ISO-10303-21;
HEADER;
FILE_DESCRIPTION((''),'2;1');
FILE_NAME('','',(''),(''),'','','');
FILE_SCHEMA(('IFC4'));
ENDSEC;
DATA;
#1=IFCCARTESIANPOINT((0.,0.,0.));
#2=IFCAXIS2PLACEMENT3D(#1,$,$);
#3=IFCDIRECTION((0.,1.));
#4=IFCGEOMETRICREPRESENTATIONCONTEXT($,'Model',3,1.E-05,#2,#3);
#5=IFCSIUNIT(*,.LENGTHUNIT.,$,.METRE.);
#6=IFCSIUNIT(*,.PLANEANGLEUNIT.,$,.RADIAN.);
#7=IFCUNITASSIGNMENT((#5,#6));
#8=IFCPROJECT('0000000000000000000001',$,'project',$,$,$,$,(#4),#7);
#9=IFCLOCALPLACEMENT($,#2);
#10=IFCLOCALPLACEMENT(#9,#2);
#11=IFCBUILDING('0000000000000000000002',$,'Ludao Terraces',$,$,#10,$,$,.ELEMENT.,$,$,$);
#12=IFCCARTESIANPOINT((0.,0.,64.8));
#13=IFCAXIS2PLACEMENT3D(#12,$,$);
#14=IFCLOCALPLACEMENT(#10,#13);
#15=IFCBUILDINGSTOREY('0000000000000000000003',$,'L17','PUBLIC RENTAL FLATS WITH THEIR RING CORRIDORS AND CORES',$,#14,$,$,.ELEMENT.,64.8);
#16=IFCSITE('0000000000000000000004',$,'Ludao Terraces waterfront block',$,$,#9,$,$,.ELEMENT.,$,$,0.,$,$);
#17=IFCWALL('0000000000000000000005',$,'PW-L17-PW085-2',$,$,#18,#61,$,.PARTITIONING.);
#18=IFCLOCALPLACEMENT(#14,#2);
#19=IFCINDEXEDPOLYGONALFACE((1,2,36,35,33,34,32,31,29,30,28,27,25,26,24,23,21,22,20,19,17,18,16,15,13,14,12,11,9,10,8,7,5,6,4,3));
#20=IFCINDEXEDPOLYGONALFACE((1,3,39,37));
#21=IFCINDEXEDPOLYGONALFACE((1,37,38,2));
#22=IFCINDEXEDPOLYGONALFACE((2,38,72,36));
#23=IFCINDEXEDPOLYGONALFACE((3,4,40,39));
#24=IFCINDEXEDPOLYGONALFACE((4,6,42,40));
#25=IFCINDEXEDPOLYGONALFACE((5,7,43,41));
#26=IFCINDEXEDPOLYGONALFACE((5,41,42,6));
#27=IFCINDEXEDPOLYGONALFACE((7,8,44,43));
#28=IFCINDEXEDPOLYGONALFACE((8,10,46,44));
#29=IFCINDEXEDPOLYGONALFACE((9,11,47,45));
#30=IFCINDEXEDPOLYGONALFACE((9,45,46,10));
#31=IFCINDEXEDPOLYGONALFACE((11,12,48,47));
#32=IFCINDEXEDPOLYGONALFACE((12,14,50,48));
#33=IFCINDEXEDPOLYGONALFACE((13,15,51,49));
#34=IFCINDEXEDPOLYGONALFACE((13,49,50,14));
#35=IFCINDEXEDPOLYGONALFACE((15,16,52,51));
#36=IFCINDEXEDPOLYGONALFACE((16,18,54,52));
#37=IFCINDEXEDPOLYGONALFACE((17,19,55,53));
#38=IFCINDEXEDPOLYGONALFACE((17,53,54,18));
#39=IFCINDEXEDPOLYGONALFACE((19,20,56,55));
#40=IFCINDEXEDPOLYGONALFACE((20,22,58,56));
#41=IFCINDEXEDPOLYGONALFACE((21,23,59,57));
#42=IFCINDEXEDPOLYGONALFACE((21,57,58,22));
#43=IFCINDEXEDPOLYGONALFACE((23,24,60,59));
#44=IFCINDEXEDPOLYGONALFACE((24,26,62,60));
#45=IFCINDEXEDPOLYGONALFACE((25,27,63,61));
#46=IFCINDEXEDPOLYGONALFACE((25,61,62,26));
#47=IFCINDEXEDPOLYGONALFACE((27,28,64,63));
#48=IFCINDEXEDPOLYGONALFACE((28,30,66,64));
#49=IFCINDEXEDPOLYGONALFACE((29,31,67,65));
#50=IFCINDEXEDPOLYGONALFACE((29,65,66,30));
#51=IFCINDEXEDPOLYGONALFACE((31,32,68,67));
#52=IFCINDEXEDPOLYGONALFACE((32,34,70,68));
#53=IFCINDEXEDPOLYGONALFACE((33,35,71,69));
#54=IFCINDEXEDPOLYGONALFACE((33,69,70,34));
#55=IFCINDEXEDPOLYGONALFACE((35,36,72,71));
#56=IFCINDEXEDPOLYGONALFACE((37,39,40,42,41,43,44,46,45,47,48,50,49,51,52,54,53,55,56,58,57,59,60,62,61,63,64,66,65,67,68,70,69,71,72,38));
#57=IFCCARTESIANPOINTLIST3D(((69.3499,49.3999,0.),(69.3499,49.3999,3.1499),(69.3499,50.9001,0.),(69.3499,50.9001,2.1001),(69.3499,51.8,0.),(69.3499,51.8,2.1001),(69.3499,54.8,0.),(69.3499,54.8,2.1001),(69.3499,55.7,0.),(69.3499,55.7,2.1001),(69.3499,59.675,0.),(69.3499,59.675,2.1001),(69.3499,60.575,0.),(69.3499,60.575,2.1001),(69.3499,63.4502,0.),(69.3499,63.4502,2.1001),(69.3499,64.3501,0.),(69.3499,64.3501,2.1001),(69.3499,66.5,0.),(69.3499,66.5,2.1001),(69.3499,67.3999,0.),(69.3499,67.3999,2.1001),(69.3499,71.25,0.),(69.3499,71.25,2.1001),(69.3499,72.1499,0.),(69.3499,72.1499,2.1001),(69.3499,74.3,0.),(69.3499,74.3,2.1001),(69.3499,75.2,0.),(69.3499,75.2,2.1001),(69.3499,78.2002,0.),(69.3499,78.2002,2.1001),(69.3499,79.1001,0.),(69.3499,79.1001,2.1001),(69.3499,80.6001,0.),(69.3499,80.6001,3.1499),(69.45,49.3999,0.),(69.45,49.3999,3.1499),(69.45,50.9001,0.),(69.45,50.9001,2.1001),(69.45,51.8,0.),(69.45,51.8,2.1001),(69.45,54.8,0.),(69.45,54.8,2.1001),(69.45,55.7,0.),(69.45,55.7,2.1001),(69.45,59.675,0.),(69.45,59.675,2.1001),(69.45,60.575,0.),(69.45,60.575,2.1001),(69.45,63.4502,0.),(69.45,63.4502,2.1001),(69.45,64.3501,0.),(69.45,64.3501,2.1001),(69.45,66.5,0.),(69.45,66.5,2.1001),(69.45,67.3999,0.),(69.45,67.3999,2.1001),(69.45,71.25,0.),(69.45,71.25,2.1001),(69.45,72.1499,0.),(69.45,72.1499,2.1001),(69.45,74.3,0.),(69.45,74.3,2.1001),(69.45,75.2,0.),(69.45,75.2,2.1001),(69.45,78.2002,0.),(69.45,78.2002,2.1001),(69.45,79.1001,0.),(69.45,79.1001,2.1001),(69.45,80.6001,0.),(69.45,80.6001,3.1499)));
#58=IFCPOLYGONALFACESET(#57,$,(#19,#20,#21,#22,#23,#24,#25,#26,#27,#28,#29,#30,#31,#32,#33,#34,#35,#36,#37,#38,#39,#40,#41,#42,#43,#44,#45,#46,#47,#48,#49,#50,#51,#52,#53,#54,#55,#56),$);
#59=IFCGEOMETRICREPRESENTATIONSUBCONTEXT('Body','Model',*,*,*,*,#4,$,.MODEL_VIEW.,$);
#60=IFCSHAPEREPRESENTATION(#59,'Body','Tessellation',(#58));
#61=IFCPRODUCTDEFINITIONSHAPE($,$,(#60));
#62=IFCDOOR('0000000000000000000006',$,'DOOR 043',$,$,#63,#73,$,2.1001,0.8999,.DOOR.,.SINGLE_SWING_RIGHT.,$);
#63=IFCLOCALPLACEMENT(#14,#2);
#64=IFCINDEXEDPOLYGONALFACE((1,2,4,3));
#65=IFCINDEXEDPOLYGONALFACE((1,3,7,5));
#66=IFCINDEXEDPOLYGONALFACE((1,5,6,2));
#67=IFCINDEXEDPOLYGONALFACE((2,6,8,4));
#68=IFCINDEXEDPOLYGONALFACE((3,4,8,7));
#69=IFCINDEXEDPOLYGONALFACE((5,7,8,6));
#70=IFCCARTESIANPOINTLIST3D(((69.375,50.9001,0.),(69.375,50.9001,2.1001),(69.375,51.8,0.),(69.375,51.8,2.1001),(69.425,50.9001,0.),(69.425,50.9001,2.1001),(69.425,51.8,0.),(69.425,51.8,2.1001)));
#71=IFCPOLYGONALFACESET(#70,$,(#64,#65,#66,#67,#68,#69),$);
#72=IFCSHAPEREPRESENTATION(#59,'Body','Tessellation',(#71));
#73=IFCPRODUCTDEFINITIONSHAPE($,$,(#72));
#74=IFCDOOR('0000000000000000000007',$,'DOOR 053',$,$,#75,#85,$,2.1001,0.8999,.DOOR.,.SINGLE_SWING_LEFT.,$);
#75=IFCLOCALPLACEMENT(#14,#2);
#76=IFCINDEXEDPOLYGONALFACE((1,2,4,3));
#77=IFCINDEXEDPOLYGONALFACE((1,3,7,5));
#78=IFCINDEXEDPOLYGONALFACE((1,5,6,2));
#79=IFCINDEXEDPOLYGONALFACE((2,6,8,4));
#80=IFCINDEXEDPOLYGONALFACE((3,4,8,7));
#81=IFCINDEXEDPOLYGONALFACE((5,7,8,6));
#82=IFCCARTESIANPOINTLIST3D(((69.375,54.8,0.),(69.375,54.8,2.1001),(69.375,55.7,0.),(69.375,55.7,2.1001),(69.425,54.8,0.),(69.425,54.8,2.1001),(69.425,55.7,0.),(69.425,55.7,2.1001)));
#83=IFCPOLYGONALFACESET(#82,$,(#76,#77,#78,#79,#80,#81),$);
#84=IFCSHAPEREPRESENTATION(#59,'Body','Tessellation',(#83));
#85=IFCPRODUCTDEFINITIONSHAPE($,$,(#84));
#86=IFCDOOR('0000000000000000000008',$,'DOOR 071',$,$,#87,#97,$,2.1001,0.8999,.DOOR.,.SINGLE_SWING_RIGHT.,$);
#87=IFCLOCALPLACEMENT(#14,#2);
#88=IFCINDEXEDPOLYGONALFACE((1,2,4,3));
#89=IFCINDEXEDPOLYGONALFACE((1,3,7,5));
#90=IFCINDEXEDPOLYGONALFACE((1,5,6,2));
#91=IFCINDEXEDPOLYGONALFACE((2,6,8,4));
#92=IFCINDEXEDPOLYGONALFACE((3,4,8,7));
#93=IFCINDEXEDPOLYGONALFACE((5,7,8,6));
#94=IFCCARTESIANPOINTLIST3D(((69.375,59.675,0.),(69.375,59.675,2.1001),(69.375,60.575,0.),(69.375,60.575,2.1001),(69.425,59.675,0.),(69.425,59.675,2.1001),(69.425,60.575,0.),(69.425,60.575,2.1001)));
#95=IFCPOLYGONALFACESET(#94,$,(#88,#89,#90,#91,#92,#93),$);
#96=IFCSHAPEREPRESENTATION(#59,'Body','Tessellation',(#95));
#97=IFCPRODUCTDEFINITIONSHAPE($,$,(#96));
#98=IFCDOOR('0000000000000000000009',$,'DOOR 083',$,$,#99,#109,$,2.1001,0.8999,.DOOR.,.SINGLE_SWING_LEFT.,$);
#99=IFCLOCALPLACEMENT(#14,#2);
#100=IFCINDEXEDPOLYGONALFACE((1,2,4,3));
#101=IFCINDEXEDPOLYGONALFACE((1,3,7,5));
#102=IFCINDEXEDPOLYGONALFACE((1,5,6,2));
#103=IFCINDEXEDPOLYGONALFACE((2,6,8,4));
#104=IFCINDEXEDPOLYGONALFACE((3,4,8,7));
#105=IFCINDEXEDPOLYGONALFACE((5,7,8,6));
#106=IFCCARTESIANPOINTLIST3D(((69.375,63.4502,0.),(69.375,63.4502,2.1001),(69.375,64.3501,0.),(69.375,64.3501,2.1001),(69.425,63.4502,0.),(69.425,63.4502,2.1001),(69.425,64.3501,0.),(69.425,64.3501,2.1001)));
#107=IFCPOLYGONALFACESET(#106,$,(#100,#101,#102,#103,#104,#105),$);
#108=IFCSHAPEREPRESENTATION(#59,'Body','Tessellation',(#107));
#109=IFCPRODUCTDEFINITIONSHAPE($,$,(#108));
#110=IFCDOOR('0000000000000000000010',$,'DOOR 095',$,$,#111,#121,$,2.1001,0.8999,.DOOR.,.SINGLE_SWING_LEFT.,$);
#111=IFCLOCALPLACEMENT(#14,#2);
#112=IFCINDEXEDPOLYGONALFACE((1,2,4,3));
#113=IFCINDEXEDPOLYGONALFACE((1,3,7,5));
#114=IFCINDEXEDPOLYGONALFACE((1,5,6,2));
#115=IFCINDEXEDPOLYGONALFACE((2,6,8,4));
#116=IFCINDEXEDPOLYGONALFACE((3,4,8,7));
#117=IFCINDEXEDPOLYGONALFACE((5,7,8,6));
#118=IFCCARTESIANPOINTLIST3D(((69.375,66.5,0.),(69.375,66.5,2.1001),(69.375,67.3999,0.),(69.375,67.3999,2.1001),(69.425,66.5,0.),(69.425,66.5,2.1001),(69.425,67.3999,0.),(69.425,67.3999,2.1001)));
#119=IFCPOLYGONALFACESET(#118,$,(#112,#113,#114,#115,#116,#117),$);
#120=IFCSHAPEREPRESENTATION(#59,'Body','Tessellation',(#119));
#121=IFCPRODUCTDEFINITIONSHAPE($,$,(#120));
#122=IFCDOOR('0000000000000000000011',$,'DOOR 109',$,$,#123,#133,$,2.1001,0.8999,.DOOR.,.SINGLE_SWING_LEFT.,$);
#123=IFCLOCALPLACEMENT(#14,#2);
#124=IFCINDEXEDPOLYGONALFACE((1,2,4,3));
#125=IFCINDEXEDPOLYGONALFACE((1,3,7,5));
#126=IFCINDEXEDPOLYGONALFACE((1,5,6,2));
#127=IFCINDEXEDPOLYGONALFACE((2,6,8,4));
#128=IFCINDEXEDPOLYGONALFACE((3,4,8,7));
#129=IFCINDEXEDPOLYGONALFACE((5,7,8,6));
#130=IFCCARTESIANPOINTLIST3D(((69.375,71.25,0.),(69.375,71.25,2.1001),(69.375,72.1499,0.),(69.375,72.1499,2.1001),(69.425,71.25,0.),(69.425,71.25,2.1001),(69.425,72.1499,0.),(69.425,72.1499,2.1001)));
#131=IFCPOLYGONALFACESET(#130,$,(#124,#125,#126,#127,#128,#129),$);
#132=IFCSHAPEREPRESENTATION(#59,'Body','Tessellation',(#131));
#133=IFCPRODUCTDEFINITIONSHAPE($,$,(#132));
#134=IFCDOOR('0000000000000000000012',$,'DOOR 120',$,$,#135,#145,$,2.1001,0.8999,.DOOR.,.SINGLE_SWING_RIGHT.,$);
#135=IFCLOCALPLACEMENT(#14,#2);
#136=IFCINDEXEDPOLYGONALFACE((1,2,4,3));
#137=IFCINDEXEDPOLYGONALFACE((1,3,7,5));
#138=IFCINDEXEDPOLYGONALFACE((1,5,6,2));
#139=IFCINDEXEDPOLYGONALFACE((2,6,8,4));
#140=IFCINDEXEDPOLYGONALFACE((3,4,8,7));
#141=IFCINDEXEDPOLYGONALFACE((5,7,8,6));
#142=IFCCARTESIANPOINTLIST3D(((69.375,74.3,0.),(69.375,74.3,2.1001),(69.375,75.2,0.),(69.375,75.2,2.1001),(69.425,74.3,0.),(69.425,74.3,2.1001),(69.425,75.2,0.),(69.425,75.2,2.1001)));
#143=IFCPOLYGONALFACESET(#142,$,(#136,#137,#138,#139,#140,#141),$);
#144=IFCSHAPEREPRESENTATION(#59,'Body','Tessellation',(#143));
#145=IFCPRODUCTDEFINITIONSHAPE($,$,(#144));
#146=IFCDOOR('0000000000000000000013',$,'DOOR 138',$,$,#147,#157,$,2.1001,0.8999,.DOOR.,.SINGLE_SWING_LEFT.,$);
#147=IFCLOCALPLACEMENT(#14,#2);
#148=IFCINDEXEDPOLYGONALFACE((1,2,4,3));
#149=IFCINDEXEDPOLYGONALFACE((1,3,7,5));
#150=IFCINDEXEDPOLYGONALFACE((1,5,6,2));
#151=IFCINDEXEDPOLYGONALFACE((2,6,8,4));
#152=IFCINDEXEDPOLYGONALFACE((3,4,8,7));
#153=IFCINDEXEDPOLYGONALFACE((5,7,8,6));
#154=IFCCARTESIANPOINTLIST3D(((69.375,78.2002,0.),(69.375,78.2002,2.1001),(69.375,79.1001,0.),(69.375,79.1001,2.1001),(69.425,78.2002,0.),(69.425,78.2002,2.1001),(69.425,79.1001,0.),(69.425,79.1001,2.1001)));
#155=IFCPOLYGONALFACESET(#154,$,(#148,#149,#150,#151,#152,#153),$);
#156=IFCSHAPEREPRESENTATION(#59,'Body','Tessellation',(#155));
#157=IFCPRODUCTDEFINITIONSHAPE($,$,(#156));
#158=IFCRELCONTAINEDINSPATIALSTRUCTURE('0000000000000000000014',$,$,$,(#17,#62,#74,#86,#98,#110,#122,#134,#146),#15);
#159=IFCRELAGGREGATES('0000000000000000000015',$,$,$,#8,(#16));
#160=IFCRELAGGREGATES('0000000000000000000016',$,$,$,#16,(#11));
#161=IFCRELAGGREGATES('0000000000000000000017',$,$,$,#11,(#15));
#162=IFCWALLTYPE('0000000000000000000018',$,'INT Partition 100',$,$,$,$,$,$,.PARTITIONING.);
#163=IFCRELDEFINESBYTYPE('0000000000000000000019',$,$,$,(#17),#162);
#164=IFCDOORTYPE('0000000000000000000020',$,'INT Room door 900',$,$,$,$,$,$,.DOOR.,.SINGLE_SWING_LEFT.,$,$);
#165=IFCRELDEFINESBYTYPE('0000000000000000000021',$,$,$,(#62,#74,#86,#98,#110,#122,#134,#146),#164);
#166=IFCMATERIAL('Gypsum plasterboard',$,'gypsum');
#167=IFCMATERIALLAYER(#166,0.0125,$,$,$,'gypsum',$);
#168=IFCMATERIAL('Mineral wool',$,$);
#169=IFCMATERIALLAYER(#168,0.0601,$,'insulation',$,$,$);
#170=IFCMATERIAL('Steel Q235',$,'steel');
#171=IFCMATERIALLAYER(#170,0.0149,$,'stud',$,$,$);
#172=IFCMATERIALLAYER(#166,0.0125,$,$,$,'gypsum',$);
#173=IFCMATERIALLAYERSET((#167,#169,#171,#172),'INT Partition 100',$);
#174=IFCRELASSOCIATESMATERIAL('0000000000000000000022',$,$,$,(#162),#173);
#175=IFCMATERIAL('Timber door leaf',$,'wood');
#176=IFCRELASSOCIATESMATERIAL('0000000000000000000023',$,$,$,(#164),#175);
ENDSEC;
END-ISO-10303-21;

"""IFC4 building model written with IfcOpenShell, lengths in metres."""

from ifc_helpers import new_model, si_unit, direction, frame, frame_2d, origin, place, context, subcontext, project, spatial, rectangle, extrude, material, layer, layer_set, type_object, element, fill, save


model = new_model("IFC4")

# Units and contexts
model_context = context("Model", 3, precision=1e-05, world=origin(), true_north=direction((0.0, 1.0)))
body_context = subcontext(model_context, "Body", "Model", "MODEL_VIEW")
ifc_project = project(units=[si_unit("LENGTHUNIT", "METRE"), si_unit("PLANEANGLEUNIT", "RADIAN")], contexts=[model_context])

# Site, building, storey
site_placement = place(None, origin())
site = spatial("IfcSite", under=ifc_project, at=site_placement, Name="Ludao Terraces waterfront block", CompositionType="ELEMENT", RefElevation=0.0)
building_placement = place(site_placement, origin())
building = spatial("IfcBuilding", under=site, at=building_placement, Name="Ludao Terraces", CompositionType="ELEMENT")
storey_placement = place(building_placement, frame((0.0, 0.0, 64.8)))
storey = spatial("IfcBuildingStorey", under=building, at=storey_placement, Name="L17", Description="PUBLIC RENTAL FLATS WITH THEIR RING CORRIDORS AND CORES", CompositionType="ELEMENT", Elevation=64.8)

# Shared definitions
ifc_material_1 = material(Name="Gypsum plasterboard", Category="gypsum")
ifc_layer_1 = layer(ifc_material_1, 0.0125, Category="gypsum")
ifc_material_2 = material(Name="Mineral wool")
ifc_layer_2 = layer(ifc_material_2, 0.0601, Name="insulation")
ifc_material_3 = material(Name="Steel Q235", Category="steel")
ifc_layer_3 = layer(ifc_material_3, 0.0149, Name="stud")
ifc_layer_4 = layer(ifc_material_1, 0.0125, Category="gypsum")
ifc_layer_set = layer_set([ifc_layer_1, ifc_layer_2, ifc_layer_3, ifc_layer_4], Name="INT Partition 100")
wall_type = type_object("IfcWallType", Name="INT Partition 100", PredefinedType="PARTITIONING", material=ifc_layer_set)
ifc_material_4 = material(Name="Timber door leaf", Category="wood")
door_type_1 = type_object("IfcDoorType", Name="INT Room door 900", OperationType="SINGLE_SWING_LEFT", PredefinedType="DOOR", material=ifc_material_4)

# Wall, openings, doors
wall_1_placement = place(storey_placement, frame((69.3999, 49.3999, 0.0), z_axis=(0.0, 0.0, 1.0), x_axis=(0.0, 1.0, 0.0)))
wall_1 = element("IfcWall", 1, at=wall_1_placement, inside=storey, type_object=wall_type, Name="PW-L17-PW085-2", PredefinedType="PARTITIONING", context=body_context, shape_type="SweptSolid", body=[
    extrude(rectangle(XDim=31.2002, YDim=0.1001, at=frame_2d((15.6001, 0.0))), origin(), (0.0, 0.0, 1.0), 3.1499),
])
opening_1_placement = place(wall_1_placement, frame((1.5002, 0.0, 0.0)))
opening_1 = element("IfcOpeningElement", 2, at=opening_1_placement, cuts=wall_1, PredefinedType="OPENING", context=body_context, shape_type="SweptSolid", body=[
    extrude(rectangle(XDim=0.8999, YDim=2.1001, at=frame_2d((0.45, 1.05))), frame((0.0, 0.0601, 0.0), z_axis=(0.0, -1.0, 0.0), x_axis=(1.0, 0.0, 0.0)), (0.0, 0.0, 1.0), 0.1201),
])
opening_2_placement = place(wall_1_placement, frame((5.4001, 0.0, 0.0)))
opening_2 = element("IfcOpeningElement", 3, at=opening_2_placement, cuts=wall_1, PredefinedType="OPENING", context=body_context, shape_type="SweptSolid", body=[
    extrude(rectangle(XDim=0.8999, YDim=2.1001, at=frame_2d((0.45, 1.05))), frame((0.0, 0.0601, 0.0), z_axis=(0.0, -1.0, 0.0), x_axis=(1.0, 0.0, 0.0)), (0.0, 0.0, 1.0), 0.1201),
])
opening_3_placement = place(wall_1_placement, frame((10.2751, 0.0, 0.0)))
opening_3 = element("IfcOpeningElement", 4, at=opening_3_placement, cuts=wall_1, PredefinedType="OPENING", context=body_context, shape_type="SweptSolid", body=[
    extrude(rectangle(XDim=0.8999, YDim=2.1001, at=frame_2d((0.45, 1.05))), frame((0.0, 0.0601, 0.0), z_axis=(0.0, -1.0, 0.0), x_axis=(1.0, 0.0, 0.0)), (0.0, 0.0, 1.0), 0.1201),
])
opening_4_placement = place(wall_1_placement, frame((14.0503, 0.0, 0.0)))
opening_4 = element("IfcOpeningElement", 5, at=opening_4_placement, cuts=wall_1, PredefinedType="OPENING", context=body_context, shape_type="SweptSolid", body=[
    extrude(rectangle(XDim=0.8999, YDim=2.1001, at=frame_2d((0.45, 1.05))), frame((0.0, 0.0601, 0.0), z_axis=(0.0, -1.0, 0.0), x_axis=(1.0, 0.0, 0.0)), (0.0, 0.0, 1.0), 0.1201),
])
opening_5_placement = place(wall_1_placement, frame((17.1001, 0.0, 0.0)))
opening_5 = element("IfcOpeningElement", 6, at=opening_5_placement, cuts=wall_1, PredefinedType="OPENING", context=body_context, shape_type="SweptSolid", body=[
    extrude(rectangle(XDim=0.8999, YDim=2.1001, at=frame_2d((0.45, 1.05))), frame((0.0, 0.0601, 0.0), z_axis=(0.0, -1.0, 0.0), x_axis=(1.0, 0.0, 0.0)), (0.0, 0.0, 1.0), 0.1201),
])
opening_6_placement = place(wall_1_placement, frame((21.8501, 0.0, 0.0)))
opening_6 = element("IfcOpeningElement", 7, at=opening_6_placement, cuts=wall_1, PredefinedType="OPENING", context=body_context, shape_type="SweptSolid", body=[
    extrude(rectangle(XDim=0.8999, YDim=2.1001, at=frame_2d((0.45, 1.05))), frame((0.0, 0.0601, 0.0), z_axis=(0.0, -1.0, 0.0), x_axis=(1.0, 0.0, 0.0)), (0.0, 0.0, 1.0), 0.1201),
])
opening_7_placement = place(wall_1_placement, frame((24.9001, 0.0, 0.0)))
opening_7 = element("IfcOpeningElement", 8, at=opening_7_placement, cuts=wall_1, PredefinedType="OPENING", context=body_context, shape_type="SweptSolid", body=[
    extrude(rectangle(XDim=0.8999, YDim=2.1001, at=frame_2d((0.45, 1.05))), frame((0.0, 0.0601, 0.0), z_axis=(0.0, -1.0, 0.0), x_axis=(1.0, 0.0, 0.0)), (0.0, 0.0, 1.0), 0.1201),
])
opening_8_placement = place(wall_1_placement, frame((28.8003, 0.0, 0.0)))
opening_8 = element("IfcOpeningElement", 9, at=opening_8_placement, cuts=wall_1, PredefinedType="OPENING", context=body_context, shape_type="SweptSolid", body=[
    extrude(rectangle(XDim=0.8999, YDim=2.1001, at=frame_2d((0.45, 1.05))), frame((0.0, 0.0601, 0.0), z_axis=(0.0, -1.0, 0.0), x_axis=(1.0, 0.0, 0.0)), (0.0, 0.0, 1.0), 0.1201),
])
door_1_placement = place(opening_1_placement, origin())
door_1 = element("IfcDoor", 10, at=door_1_placement, inside=storey, type_object=door_type_1, Name="DOOR 043", OperationType="SINGLE_SWING_RIGHT", OverallHeight=2.1001, OverallWidth=0.8999, PredefinedType="DOOR", context=body_context, shape_type="SweptSolid", body=[
    extrude(rectangle(XDim=0.8999, YDim=2.1001, at=frame_2d((0.45, 1.05))), frame((0.0, 0.0249, 0.0), z_axis=(0.0, -1.0, 0.0), x_axis=(1.0, 0.0, 0.0)), (0.0, 0.0, 1.0), 0.05),
])
fill(opening_1, door_1)
door_2_placement = place(opening_2_placement, origin())
door_2 = element("IfcDoor", 11, at=door_2_placement, inside=storey, type_object=door_type_1, Name="DOOR 053", OperationType="SINGLE_SWING_LEFT", OverallHeight=2.1001, OverallWidth=0.8999, PredefinedType="DOOR", context=body_context, shape_type="SweptSolid", body=[
    extrude(rectangle(XDim=0.8999, YDim=2.1001, at=frame_2d((0.45, 1.05))), frame((0.0, 0.0249, 0.0), z_axis=(0.0, -1.0, 0.0), x_axis=(1.0, 0.0, 0.0)), (0.0, 0.0, 1.0), 0.05),
])
fill(opening_2, door_2)
door_3_placement = place(opening_3_placement, origin())
door_3 = element("IfcDoor", 12, at=door_3_placement, inside=storey, type_object=door_type_1, Name="DOOR 071", OperationType="SINGLE_SWING_RIGHT", OverallHeight=2.1001, OverallWidth=0.8999, PredefinedType="DOOR", context=body_context, shape_type="SweptSolid", body=[
    extrude(rectangle(XDim=0.8999, YDim=2.1001, at=frame_2d((0.45, 1.05))), frame((0.0, 0.0249, 0.0), z_axis=(0.0, -1.0, 0.0), x_axis=(1.0, 0.0, 0.0)), (0.0, 0.0, 1.0), 0.05),
])
fill(opening_3, door_3)
door_4_placement = place(opening_4_placement, origin())
door_4 = element("IfcDoor", 13, at=door_4_placement, inside=storey, type_object=door_type_1, Name="DOOR 083", OperationType="SINGLE_SWING_LEFT", OverallHeight=2.1001, OverallWidth=0.8999, PredefinedType="DOOR", context=body_context, shape_type="SweptSolid", body=[
    extrude(rectangle(XDim=0.8999, YDim=2.1001, at=frame_2d((0.45, 1.05))), frame((0.0, 0.0249, 0.0), z_axis=(0.0, -1.0, 0.0), x_axis=(1.0, 0.0, 0.0)), (0.0, 0.0, 1.0), 0.05),
])
fill(opening_4, door_4)
door_5_placement = place(opening_5_placement, origin())
door_5 = element("IfcDoor", 14, at=door_5_placement, inside=storey, type_object=door_type_1, Name="DOOR 095", OperationType="SINGLE_SWING_LEFT", OverallHeight=2.1001, OverallWidth=0.8999, PredefinedType="DOOR", context=body_context, shape_type="SweptSolid", body=[
    extrude(rectangle(XDim=0.8999, YDim=2.1001, at=frame_2d((0.45, 1.05))), frame((0.0, 0.0249, 0.0), z_axis=(0.0, -1.0, 0.0), x_axis=(1.0, 0.0, 0.0)), (0.0, 0.0, 1.0), 0.05),
])
fill(opening_5, door_5)
door_6_placement = place(opening_6_placement, origin())
door_6 = element("IfcDoor", 15, at=door_6_placement, inside=storey, type_object=door_type_1, Name="DOOR 109", OperationType="SINGLE_SWING_LEFT", OverallHeight=2.1001, OverallWidth=0.8999, PredefinedType="DOOR", context=body_context, shape_type="SweptSolid", body=[
    extrude(rectangle(XDim=0.8999, YDim=2.1001, at=frame_2d((0.45, 1.05))), frame((0.0, 0.0249, 0.0), z_axis=(0.0, -1.0, 0.0), x_axis=(1.0, 0.0, 0.0)), (0.0, 0.0, 1.0), 0.05),
])
fill(opening_6, door_6)
door_7_placement = place(opening_7_placement, origin())
door_7 = element("IfcDoor", 16, at=door_7_placement, inside=storey, type_object=door_type_1, Name="DOOR 120", OperationType="SINGLE_SWING_RIGHT", OverallHeight=2.1001, OverallWidth=0.8999, PredefinedType="DOOR", context=body_context, shape_type="SweptSolid", body=[
    extrude(rectangle(XDim=0.8999, YDim=2.1001, at=frame_2d((0.45, 1.05))), frame((0.0, 0.0249, 0.0), z_axis=(0.0, -1.0, 0.0), x_axis=(1.0, 0.0, 0.0)), (0.0, 0.0, 1.0), 0.05),
])
fill(opening_7, door_7)
door_8_placement = place(opening_8_placement, origin())
door_8 = element("IfcDoor", 17, at=door_8_placement, inside=storey, type_object=door_type_1, Name="DOOR 138", OperationType="SINGLE_SWING_LEFT", OverallHeight=2.1001, OverallWidth=0.8999, PredefinedType="DOOR", context=body_context, shape_type="SweptSolid", body=[
    extrude(rectangle(XDim=0.8999, YDim=2.1001, at=frame_2d((0.45, 1.05))), frame((0.0, 0.0249, 0.0), z_axis=(0.0, -1.0, 0.0), x_axis=(1.0, 0.0, 0.0)), (0.0, 0.0, 1.0), 0.05),
])
fill(opening_8, door_8)

save(model, "model.ifc")
